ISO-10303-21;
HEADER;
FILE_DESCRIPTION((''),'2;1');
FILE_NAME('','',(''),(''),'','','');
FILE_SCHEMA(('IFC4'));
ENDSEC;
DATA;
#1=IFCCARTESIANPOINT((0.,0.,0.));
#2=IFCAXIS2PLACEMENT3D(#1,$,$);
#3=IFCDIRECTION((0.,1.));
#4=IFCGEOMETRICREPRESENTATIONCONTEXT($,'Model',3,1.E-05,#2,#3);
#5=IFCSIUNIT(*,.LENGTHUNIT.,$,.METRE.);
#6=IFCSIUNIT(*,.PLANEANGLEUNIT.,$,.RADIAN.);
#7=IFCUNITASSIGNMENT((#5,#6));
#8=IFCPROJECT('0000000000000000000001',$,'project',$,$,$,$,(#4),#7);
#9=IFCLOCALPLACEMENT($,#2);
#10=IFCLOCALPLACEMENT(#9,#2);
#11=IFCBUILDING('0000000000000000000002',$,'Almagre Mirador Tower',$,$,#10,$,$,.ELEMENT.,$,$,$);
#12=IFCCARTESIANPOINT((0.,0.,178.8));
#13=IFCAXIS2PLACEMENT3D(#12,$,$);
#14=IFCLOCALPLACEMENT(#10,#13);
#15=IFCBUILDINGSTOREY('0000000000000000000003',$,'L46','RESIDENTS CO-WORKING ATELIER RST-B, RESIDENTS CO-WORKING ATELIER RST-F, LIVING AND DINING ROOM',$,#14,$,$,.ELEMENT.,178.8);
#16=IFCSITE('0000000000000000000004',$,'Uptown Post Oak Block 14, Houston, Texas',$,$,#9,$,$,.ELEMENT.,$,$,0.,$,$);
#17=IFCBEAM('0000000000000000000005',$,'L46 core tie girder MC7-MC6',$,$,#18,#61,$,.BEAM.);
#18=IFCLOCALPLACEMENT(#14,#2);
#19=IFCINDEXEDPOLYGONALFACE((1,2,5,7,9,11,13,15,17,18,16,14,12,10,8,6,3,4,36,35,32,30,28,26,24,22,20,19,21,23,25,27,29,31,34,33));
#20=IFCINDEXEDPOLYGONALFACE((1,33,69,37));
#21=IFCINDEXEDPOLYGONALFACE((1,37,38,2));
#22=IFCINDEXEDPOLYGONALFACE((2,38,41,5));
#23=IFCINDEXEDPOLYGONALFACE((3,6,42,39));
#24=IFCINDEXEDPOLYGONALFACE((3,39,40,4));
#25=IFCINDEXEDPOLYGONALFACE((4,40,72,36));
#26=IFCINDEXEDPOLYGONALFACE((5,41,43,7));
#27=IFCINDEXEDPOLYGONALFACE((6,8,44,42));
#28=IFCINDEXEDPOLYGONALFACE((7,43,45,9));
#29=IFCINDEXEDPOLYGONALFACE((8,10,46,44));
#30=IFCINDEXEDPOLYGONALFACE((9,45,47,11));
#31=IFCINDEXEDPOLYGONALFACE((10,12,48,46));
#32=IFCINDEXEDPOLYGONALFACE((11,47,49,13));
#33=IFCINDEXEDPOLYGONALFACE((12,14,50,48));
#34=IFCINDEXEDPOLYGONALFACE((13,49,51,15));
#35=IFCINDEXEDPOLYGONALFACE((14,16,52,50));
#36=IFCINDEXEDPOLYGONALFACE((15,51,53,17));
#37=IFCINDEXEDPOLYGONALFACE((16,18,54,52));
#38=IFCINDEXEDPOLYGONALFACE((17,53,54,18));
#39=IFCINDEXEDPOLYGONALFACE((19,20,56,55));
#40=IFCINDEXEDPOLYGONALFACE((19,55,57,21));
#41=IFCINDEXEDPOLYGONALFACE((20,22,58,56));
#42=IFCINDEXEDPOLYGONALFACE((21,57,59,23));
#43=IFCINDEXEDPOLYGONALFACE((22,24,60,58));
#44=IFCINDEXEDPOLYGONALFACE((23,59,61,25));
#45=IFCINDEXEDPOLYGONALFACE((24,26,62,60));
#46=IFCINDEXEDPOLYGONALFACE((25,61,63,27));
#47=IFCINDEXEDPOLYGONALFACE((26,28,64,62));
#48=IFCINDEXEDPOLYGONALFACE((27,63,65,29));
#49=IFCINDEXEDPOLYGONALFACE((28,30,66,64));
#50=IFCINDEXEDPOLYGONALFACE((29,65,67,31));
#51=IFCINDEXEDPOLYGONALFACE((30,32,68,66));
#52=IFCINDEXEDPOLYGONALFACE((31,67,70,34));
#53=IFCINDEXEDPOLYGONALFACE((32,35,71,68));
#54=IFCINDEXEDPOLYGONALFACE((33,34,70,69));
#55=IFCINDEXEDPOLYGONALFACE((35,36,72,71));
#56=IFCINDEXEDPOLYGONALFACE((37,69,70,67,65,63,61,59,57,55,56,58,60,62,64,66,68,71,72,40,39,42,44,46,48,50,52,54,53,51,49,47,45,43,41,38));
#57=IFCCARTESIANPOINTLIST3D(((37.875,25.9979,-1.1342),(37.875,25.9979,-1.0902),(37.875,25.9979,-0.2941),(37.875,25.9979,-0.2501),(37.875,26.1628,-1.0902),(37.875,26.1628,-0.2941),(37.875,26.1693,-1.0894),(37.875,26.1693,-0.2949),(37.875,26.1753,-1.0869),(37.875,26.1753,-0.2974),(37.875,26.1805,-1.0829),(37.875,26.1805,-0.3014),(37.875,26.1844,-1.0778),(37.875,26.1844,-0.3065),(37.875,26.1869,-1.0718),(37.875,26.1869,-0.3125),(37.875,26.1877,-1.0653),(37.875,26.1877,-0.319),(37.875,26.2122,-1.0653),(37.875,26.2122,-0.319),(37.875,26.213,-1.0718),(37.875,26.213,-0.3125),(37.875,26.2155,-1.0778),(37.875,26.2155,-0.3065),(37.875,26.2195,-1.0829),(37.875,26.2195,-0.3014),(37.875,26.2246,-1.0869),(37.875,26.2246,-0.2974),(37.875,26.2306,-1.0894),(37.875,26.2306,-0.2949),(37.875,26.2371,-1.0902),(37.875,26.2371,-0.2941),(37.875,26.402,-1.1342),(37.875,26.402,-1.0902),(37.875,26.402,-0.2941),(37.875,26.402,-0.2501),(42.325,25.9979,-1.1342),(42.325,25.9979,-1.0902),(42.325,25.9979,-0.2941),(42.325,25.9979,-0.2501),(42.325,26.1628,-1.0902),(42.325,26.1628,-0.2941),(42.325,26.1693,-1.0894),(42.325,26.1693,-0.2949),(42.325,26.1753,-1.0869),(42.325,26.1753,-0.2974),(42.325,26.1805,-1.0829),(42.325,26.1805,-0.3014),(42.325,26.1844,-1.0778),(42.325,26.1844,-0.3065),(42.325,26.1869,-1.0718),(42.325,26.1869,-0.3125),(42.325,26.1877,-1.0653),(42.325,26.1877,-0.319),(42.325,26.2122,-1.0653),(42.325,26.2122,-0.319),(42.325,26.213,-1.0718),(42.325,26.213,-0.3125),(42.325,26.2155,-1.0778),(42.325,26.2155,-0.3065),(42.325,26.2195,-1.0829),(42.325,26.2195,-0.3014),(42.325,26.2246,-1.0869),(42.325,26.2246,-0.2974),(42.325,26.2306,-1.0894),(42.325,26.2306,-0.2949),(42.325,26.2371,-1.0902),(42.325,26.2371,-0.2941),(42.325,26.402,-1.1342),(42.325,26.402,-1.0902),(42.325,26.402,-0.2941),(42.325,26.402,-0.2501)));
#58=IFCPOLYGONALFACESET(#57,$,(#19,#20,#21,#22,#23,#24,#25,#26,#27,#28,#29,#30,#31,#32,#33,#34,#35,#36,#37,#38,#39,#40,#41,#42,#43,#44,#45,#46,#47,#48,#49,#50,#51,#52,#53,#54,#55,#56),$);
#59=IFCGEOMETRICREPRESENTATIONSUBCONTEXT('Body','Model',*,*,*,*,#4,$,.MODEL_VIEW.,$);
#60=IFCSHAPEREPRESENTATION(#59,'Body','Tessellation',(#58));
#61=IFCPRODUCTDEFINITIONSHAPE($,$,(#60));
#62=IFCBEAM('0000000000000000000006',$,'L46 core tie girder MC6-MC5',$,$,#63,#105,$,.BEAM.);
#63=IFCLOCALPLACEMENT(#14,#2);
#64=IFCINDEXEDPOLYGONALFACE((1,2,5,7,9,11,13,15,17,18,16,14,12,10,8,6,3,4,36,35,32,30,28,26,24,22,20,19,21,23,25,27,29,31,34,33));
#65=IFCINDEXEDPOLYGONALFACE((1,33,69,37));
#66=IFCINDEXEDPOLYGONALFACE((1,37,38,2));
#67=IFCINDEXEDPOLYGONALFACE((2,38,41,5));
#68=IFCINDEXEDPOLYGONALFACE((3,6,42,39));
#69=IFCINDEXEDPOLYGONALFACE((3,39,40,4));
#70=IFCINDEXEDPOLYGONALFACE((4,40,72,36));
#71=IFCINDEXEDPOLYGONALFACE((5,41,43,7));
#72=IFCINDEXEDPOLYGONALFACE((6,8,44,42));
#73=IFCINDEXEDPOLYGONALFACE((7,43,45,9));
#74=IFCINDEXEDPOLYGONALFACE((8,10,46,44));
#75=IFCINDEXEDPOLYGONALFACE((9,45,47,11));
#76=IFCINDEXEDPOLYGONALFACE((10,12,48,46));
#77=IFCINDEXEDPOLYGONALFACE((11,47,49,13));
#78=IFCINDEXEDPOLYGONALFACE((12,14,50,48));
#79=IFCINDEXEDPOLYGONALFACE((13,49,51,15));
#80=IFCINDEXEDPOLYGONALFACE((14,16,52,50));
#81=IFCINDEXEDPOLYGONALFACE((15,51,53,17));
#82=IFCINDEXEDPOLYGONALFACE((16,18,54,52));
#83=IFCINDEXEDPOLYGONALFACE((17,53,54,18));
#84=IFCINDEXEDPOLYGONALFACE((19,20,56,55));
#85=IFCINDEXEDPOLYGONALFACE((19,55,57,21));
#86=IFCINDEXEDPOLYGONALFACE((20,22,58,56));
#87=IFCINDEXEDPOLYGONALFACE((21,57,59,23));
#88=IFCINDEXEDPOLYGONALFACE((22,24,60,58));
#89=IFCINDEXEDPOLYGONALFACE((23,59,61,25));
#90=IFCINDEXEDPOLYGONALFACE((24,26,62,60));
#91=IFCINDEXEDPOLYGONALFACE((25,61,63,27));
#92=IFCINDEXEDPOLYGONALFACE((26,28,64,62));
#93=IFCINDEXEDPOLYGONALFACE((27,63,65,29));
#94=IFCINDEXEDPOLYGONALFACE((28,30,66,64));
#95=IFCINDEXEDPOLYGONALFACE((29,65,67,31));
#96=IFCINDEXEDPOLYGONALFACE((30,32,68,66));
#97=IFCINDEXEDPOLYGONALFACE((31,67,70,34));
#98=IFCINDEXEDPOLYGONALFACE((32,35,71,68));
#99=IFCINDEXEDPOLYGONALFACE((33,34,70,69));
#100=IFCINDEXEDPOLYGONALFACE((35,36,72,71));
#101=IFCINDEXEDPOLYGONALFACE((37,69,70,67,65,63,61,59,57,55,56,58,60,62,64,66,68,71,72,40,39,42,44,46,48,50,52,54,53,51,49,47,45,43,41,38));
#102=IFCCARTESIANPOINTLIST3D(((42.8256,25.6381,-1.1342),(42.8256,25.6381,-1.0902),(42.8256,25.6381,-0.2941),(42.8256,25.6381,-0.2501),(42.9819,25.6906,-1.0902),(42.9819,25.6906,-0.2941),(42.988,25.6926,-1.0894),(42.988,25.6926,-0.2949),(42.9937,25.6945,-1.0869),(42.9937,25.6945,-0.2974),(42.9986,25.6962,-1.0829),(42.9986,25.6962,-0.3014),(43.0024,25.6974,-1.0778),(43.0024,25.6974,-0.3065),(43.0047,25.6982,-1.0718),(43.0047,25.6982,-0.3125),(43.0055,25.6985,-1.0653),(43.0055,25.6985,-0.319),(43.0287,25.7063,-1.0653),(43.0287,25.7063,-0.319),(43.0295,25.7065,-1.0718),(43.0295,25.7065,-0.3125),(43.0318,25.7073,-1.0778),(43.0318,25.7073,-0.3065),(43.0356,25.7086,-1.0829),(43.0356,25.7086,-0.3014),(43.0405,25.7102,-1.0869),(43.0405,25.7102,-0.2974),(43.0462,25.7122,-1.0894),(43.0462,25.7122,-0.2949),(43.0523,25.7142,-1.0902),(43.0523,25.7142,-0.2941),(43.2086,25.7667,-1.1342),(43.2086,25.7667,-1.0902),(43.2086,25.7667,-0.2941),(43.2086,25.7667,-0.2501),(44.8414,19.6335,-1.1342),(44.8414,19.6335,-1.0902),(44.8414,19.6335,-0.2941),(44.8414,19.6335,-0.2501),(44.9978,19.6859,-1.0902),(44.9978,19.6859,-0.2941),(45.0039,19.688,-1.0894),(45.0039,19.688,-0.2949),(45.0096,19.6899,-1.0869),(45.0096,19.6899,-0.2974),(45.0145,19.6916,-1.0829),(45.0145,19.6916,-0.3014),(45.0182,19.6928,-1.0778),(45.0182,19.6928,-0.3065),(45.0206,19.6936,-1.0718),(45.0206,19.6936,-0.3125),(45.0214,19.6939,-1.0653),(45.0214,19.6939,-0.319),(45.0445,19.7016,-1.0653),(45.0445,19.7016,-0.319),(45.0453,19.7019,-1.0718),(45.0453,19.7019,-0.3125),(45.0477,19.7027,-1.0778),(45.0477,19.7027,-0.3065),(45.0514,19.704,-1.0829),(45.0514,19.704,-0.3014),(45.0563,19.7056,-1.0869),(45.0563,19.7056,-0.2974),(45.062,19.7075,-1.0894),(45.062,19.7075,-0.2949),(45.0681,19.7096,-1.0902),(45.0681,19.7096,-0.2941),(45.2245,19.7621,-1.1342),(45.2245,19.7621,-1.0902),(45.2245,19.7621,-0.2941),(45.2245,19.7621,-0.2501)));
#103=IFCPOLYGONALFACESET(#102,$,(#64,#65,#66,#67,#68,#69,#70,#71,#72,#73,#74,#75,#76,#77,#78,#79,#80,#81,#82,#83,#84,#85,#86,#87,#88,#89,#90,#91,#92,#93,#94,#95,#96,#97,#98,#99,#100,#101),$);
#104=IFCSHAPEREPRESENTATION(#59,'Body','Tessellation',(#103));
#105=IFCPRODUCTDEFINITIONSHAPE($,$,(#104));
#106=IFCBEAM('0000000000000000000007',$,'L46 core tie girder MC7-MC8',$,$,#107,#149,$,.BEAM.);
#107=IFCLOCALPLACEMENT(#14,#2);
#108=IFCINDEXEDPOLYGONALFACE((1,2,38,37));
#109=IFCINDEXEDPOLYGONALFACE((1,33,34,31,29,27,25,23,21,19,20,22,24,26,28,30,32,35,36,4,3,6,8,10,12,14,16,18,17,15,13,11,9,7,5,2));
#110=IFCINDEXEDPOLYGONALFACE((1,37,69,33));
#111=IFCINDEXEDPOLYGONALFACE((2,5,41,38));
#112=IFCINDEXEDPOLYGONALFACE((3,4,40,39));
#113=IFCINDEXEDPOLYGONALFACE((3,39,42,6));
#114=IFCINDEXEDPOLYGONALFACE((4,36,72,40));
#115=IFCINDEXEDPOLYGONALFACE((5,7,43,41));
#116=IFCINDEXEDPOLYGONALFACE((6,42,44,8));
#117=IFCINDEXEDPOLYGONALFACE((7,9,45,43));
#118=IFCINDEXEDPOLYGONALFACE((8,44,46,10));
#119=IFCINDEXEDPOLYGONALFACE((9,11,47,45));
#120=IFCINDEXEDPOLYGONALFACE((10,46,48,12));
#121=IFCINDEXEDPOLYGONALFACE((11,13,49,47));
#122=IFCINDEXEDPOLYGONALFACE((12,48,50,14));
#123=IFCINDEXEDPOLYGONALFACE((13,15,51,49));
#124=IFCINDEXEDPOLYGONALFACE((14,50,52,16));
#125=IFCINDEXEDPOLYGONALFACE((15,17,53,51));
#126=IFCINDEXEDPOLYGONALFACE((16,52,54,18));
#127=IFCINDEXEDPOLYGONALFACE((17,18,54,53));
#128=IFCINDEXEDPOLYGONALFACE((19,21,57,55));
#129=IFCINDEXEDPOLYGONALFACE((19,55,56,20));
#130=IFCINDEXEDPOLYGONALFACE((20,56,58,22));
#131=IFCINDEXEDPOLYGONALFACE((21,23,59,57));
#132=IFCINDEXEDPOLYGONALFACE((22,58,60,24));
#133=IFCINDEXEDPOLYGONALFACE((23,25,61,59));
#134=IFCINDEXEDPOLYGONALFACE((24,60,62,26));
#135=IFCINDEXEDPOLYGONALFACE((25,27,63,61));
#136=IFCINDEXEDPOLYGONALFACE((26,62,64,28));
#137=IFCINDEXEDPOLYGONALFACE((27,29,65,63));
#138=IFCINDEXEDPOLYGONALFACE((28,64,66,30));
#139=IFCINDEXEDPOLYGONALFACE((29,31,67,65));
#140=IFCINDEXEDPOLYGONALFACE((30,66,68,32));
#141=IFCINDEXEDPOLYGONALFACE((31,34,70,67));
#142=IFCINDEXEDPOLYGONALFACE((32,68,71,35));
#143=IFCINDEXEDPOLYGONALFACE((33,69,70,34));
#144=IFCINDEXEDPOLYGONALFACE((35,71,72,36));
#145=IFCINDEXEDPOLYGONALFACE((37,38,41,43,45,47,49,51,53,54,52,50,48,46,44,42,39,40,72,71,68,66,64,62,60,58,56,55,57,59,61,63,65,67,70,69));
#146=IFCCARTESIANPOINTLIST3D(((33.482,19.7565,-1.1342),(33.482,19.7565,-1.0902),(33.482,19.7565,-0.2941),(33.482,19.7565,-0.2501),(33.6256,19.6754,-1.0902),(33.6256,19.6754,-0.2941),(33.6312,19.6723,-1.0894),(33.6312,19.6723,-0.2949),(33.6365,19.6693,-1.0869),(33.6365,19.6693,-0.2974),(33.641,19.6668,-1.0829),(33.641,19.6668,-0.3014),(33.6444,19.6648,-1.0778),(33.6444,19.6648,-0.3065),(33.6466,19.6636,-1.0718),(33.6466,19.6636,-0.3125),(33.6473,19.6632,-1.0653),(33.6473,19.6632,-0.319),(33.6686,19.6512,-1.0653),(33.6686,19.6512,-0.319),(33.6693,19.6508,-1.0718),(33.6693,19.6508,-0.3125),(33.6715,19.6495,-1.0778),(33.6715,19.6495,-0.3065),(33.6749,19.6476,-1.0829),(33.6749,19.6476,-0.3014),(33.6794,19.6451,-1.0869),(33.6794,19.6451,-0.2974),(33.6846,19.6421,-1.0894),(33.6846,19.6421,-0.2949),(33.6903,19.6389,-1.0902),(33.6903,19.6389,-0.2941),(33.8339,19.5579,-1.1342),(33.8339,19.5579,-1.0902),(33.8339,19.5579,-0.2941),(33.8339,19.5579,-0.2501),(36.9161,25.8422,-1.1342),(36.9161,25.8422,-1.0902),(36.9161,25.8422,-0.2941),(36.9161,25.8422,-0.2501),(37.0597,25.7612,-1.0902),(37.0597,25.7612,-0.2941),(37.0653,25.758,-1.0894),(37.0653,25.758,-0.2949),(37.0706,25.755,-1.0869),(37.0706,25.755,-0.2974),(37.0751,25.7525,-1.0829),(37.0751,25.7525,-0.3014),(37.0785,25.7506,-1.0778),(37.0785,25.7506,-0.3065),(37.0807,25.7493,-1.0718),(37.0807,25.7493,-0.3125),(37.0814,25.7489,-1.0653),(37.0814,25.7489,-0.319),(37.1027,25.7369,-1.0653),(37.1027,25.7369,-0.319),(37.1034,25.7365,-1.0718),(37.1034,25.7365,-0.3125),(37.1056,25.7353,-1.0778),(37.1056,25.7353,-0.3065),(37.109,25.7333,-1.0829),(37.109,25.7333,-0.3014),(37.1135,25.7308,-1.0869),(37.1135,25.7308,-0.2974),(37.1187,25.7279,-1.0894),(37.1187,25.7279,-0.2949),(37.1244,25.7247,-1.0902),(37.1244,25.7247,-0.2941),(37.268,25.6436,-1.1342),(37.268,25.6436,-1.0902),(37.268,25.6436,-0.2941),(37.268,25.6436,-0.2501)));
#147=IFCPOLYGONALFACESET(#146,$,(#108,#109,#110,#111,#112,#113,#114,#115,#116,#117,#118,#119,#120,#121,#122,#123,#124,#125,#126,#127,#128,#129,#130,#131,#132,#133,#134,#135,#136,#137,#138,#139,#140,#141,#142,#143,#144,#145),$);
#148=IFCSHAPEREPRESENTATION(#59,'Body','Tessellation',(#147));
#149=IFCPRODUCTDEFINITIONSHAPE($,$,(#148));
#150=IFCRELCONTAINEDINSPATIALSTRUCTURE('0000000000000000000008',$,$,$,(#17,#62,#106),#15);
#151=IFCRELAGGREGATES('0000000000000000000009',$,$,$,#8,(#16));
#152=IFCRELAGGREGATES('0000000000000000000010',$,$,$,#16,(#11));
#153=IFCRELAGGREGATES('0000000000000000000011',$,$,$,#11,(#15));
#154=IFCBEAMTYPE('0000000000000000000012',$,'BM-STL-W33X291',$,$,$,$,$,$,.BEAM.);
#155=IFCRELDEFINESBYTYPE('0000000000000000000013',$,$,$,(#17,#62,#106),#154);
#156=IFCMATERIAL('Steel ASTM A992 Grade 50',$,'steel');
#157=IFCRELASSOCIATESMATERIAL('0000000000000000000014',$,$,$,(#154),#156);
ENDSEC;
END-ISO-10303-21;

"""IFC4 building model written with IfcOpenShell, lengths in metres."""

from ifc_helpers import new_model, si_unit, direction, frame, origin, origin_2d, place, context, subcontext, project, spatial, i_section, extrude, material, material_profile, profile_set, type_object, element, save


model = new_model("IFC4")

# Units and contexts
model_context = context("Model", 3, precision=1e-05, world=origin(), true_north=direction((0.0, 1.0)))
body_context = subcontext(model_context, "Body", "Model", "MODEL_VIEW")
ifc_project = project(units=[si_unit("LENGTHUNIT", "METRE"), si_unit("PLANEANGLEUNIT", "RADIAN")], contexts=[model_context])

# Site, building, storey
site_placement = place(None, origin())
site = spatial("IfcSite", under=ifc_project, at=site_placement, Name="Uptown Post Oak Block 14, Houston, Texas", CompositionType="ELEMENT", RefElevation=0.0)
building_placement = place(site_placement, origin())
building = spatial("IfcBuilding", under=site, at=building_placement, Name="Almagre Mirador Tower", CompositionType="ELEMENT")
storey_placement = place(building_placement, frame((0.0, 0.0, 178.8)))
storey = spatial("IfcBuildingStorey", under=building, at=storey_placement, Name="L46", Description="RESIDENTS CO-WORKING ATELIER RST-B, RESIDENTS CO-WORKING ATELIER RST-F, LIVING AND DINING ROOM", CompositionType="ELEMENT", Elevation=178.8)

# Beams
ifc_material_1 = material(Name="Steel ASTM A992 Grade 50", Category="steel")
ifc_material_profile_1 = material_profile(ifc_material_1, i_section(OverallWidth=0.4041, OverallDepth=0.884, WebThickness=0.0244, FlangeThickness=0.0439, FilletRadius=0.0249, at=origin_2d()), Name="W33X291")
ifc_profile_set_1 = profile_set([ifc_material_profile_1], Name="Steel ASTM A992 Grade 50")
beam_type_1 = type_object("IfcBeamType", Name="BM-STL-W33X291", PredefinedType="BEAM", material=ifc_profile_set_1)
beam_1_placement = place(storey_placement, frame((37.875, 26.2, -0.6921), z_axis=(1.0, 0.0, 0.0), x_axis=(0.0, 1.0, 0.0)))
element("IfcBeam", 1, at=beam_1_placement, inside=storey, type_object=beam_type_1, Name="L46 core tie girder MC7-MC6", PredefinedType="BEAM", context=body_context, shape_type="SweptSolid", body=[
    extrude(i_section(OverallWidth=0.4041, OverallDepth=0.884, WebThickness=0.0244, FlangeThickness=0.0439, FilletRadius=0.0249, at=origin_2d()), origin(), (0.0, 0.0, 1.0), 4.45),
])
beam_2_placement = place(storey_placement, frame((43.0171, 25.7024, -0.6921), z_axis=(0.318262, -0.948003, 0.0), x_axis=(0.948003, 0.318262, 0.0)))
element("IfcBeam", 2, at=beam_2_placement, inside=storey, type_object=beam_type_1, Name="L46 core tie girder MC6-MC5", PredefinedType="BEAM", context=body_context, shape_type="SweptSolid", body=[
    extrude(i_section(OverallWidth=0.4041, OverallDepth=0.884, WebThickness=0.0244, FlangeThickness=0.0439, FilletRadius=0.0249, at=origin_2d()), origin(), (0.0, 0.0, 1.0), 6.334),
])
beam_3_placement = place(storey_placement, frame((37.092, 25.7429, -0.6921), z_axis=(-0.491444, -0.870909, 0.0), x_axis=(0.870909, -0.491444, 0.0)))
element("IfcBeam", 3, at=beam_3_placement, inside=storey, type_object=beam_type_1, Name="L46 core tie girder MC7-MC8", PredefinedType="BEAM", context=body_context, shape_type="SweptSolid", body=[
    extrude(i_section(OverallWidth=0.4041, OverallDepth=0.884, WebThickness=0.0244, FlangeThickness=0.0439, FilletRadius=0.0249, at=origin_2d()), origin(), (0.0, 0.0, 1.0), 6.9878),
])

save(model, "model.ifc")
